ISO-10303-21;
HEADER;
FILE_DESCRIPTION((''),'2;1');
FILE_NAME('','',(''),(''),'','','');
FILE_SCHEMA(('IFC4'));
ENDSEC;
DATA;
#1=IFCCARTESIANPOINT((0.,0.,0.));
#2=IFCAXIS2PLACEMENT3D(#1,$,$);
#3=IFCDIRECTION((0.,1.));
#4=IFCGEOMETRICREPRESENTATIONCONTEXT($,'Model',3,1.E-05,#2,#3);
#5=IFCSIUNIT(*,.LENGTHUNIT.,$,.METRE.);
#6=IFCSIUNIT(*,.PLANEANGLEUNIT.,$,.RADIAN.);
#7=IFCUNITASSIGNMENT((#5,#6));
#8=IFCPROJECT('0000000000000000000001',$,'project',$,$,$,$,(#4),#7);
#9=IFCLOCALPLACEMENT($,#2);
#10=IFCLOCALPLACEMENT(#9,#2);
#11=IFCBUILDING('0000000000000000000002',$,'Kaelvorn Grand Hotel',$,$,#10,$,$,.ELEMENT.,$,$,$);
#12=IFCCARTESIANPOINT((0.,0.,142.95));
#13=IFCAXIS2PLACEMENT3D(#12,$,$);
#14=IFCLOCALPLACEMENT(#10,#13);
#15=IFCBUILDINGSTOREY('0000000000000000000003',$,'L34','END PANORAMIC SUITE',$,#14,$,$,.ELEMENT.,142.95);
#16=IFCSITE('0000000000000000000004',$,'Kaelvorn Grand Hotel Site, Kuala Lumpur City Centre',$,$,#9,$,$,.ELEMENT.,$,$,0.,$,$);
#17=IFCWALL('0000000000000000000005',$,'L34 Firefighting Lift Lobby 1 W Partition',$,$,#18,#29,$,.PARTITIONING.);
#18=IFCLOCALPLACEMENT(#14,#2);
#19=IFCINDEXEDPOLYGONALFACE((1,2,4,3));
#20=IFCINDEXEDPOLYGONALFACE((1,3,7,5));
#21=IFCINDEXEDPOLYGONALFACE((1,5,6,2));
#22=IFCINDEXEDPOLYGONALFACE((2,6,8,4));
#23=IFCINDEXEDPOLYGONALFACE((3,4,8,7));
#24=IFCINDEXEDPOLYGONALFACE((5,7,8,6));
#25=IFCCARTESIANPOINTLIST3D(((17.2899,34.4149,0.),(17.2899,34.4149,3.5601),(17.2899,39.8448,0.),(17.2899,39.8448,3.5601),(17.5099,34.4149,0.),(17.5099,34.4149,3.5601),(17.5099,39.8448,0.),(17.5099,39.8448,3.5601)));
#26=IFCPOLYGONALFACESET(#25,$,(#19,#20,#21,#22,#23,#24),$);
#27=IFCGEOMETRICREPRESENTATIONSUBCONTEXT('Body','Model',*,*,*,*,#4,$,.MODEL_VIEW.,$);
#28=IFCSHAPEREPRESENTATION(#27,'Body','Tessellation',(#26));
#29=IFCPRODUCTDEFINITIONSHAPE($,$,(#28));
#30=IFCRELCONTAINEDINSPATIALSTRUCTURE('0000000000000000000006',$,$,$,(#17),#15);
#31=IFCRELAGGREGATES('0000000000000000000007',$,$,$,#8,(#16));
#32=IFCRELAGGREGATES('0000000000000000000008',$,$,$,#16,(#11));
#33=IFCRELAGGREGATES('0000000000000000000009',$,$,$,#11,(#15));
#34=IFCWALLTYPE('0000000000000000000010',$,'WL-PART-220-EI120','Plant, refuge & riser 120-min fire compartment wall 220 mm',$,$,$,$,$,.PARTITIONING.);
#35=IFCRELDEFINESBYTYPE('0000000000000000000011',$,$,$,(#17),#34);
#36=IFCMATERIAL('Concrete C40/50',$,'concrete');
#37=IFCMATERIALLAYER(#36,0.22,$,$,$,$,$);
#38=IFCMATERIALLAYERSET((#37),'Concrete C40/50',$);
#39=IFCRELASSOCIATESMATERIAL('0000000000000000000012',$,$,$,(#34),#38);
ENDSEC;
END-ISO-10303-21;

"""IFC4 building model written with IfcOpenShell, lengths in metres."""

from ifc_helpers import new_model, si_unit, direction, frame, frame_2d, origin, place, context, subcontext, project, spatial, rectangle, extrude, material, layer, layer_set, type_object, element, save


model = new_model("IFC4")

# Units and contexts
model_context = context("Model", 3, precision=1e-05, world=origin(), true_north=direction((0.0, 1.0)))
body_context = subcontext(model_context, "Body", "Model", "MODEL_VIEW")
ifc_project = project(units=[si_unit("LENGTHUNIT", "METRE"), si_unit("PLANEANGLEUNIT", "RADIAN")], contexts=[model_context])

# Site, building, storey
site_placement = place(None, origin())
site = spatial("IfcSite", under=ifc_project, at=site_placement, Name="Kaelvorn Grand Hotel Site, Kuala Lumpur City Centre", CompositionType="ELEMENT", RefElevation=0.0)
building_placement = place(site_placement, origin())
building = spatial("IfcBuilding", under=site, at=building_placement, Name="Kaelvorn Grand Hotel", CompositionType="ELEMENT")
storey_placement = place(building_placement, frame((0.0, 0.0, 142.95)))
storey = spatial("IfcBuildingStorey", under=building, at=storey_placement, Name="L34", Description="END PANORAMIC SUITE", CompositionType="ELEMENT", Elevation=142.95)

# Shared definitions
ifc_material_1 = material(Name="Concrete C40/50", Category="concrete")
ifc_layer_1 = layer(ifc_material_1, 0.22)
ifc_layer_set_1 = layer_set([ifc_layer_1], Name="Concrete C40/50")
wall_type_1 = type_object("IfcWallType", Name="WL-PART-220-EI120", Description="Plant, refuge & riser 120-min fire compartment wall 220 mm", PredefinedType="PARTITIONING", material=ifc_layer_set_1)

# Wall
wall_1_placement = place(storey_placement, frame((17.3999, 34.415, 0.0), z_axis=(0.0, 0.0, 1.0), x_axis=(0.0, 1.0, 0.0)))
element("IfcWall", 1, at=wall_1_placement, inside=storey, type_object=wall_type_1, Name="L34 Firefighting Lift Lobby 1 W Partition", PredefinedType="PARTITIONING", context=body_context, shape_type="SweptSolid", body=[
    extrude(rectangle(XDim=5.4299, YDim=0.22, at=frame_2d((2.7148, 0.0))), origin(), (0.0, 0.0, 1.0), 3.5601),
])

save(model, "model.ifc")
